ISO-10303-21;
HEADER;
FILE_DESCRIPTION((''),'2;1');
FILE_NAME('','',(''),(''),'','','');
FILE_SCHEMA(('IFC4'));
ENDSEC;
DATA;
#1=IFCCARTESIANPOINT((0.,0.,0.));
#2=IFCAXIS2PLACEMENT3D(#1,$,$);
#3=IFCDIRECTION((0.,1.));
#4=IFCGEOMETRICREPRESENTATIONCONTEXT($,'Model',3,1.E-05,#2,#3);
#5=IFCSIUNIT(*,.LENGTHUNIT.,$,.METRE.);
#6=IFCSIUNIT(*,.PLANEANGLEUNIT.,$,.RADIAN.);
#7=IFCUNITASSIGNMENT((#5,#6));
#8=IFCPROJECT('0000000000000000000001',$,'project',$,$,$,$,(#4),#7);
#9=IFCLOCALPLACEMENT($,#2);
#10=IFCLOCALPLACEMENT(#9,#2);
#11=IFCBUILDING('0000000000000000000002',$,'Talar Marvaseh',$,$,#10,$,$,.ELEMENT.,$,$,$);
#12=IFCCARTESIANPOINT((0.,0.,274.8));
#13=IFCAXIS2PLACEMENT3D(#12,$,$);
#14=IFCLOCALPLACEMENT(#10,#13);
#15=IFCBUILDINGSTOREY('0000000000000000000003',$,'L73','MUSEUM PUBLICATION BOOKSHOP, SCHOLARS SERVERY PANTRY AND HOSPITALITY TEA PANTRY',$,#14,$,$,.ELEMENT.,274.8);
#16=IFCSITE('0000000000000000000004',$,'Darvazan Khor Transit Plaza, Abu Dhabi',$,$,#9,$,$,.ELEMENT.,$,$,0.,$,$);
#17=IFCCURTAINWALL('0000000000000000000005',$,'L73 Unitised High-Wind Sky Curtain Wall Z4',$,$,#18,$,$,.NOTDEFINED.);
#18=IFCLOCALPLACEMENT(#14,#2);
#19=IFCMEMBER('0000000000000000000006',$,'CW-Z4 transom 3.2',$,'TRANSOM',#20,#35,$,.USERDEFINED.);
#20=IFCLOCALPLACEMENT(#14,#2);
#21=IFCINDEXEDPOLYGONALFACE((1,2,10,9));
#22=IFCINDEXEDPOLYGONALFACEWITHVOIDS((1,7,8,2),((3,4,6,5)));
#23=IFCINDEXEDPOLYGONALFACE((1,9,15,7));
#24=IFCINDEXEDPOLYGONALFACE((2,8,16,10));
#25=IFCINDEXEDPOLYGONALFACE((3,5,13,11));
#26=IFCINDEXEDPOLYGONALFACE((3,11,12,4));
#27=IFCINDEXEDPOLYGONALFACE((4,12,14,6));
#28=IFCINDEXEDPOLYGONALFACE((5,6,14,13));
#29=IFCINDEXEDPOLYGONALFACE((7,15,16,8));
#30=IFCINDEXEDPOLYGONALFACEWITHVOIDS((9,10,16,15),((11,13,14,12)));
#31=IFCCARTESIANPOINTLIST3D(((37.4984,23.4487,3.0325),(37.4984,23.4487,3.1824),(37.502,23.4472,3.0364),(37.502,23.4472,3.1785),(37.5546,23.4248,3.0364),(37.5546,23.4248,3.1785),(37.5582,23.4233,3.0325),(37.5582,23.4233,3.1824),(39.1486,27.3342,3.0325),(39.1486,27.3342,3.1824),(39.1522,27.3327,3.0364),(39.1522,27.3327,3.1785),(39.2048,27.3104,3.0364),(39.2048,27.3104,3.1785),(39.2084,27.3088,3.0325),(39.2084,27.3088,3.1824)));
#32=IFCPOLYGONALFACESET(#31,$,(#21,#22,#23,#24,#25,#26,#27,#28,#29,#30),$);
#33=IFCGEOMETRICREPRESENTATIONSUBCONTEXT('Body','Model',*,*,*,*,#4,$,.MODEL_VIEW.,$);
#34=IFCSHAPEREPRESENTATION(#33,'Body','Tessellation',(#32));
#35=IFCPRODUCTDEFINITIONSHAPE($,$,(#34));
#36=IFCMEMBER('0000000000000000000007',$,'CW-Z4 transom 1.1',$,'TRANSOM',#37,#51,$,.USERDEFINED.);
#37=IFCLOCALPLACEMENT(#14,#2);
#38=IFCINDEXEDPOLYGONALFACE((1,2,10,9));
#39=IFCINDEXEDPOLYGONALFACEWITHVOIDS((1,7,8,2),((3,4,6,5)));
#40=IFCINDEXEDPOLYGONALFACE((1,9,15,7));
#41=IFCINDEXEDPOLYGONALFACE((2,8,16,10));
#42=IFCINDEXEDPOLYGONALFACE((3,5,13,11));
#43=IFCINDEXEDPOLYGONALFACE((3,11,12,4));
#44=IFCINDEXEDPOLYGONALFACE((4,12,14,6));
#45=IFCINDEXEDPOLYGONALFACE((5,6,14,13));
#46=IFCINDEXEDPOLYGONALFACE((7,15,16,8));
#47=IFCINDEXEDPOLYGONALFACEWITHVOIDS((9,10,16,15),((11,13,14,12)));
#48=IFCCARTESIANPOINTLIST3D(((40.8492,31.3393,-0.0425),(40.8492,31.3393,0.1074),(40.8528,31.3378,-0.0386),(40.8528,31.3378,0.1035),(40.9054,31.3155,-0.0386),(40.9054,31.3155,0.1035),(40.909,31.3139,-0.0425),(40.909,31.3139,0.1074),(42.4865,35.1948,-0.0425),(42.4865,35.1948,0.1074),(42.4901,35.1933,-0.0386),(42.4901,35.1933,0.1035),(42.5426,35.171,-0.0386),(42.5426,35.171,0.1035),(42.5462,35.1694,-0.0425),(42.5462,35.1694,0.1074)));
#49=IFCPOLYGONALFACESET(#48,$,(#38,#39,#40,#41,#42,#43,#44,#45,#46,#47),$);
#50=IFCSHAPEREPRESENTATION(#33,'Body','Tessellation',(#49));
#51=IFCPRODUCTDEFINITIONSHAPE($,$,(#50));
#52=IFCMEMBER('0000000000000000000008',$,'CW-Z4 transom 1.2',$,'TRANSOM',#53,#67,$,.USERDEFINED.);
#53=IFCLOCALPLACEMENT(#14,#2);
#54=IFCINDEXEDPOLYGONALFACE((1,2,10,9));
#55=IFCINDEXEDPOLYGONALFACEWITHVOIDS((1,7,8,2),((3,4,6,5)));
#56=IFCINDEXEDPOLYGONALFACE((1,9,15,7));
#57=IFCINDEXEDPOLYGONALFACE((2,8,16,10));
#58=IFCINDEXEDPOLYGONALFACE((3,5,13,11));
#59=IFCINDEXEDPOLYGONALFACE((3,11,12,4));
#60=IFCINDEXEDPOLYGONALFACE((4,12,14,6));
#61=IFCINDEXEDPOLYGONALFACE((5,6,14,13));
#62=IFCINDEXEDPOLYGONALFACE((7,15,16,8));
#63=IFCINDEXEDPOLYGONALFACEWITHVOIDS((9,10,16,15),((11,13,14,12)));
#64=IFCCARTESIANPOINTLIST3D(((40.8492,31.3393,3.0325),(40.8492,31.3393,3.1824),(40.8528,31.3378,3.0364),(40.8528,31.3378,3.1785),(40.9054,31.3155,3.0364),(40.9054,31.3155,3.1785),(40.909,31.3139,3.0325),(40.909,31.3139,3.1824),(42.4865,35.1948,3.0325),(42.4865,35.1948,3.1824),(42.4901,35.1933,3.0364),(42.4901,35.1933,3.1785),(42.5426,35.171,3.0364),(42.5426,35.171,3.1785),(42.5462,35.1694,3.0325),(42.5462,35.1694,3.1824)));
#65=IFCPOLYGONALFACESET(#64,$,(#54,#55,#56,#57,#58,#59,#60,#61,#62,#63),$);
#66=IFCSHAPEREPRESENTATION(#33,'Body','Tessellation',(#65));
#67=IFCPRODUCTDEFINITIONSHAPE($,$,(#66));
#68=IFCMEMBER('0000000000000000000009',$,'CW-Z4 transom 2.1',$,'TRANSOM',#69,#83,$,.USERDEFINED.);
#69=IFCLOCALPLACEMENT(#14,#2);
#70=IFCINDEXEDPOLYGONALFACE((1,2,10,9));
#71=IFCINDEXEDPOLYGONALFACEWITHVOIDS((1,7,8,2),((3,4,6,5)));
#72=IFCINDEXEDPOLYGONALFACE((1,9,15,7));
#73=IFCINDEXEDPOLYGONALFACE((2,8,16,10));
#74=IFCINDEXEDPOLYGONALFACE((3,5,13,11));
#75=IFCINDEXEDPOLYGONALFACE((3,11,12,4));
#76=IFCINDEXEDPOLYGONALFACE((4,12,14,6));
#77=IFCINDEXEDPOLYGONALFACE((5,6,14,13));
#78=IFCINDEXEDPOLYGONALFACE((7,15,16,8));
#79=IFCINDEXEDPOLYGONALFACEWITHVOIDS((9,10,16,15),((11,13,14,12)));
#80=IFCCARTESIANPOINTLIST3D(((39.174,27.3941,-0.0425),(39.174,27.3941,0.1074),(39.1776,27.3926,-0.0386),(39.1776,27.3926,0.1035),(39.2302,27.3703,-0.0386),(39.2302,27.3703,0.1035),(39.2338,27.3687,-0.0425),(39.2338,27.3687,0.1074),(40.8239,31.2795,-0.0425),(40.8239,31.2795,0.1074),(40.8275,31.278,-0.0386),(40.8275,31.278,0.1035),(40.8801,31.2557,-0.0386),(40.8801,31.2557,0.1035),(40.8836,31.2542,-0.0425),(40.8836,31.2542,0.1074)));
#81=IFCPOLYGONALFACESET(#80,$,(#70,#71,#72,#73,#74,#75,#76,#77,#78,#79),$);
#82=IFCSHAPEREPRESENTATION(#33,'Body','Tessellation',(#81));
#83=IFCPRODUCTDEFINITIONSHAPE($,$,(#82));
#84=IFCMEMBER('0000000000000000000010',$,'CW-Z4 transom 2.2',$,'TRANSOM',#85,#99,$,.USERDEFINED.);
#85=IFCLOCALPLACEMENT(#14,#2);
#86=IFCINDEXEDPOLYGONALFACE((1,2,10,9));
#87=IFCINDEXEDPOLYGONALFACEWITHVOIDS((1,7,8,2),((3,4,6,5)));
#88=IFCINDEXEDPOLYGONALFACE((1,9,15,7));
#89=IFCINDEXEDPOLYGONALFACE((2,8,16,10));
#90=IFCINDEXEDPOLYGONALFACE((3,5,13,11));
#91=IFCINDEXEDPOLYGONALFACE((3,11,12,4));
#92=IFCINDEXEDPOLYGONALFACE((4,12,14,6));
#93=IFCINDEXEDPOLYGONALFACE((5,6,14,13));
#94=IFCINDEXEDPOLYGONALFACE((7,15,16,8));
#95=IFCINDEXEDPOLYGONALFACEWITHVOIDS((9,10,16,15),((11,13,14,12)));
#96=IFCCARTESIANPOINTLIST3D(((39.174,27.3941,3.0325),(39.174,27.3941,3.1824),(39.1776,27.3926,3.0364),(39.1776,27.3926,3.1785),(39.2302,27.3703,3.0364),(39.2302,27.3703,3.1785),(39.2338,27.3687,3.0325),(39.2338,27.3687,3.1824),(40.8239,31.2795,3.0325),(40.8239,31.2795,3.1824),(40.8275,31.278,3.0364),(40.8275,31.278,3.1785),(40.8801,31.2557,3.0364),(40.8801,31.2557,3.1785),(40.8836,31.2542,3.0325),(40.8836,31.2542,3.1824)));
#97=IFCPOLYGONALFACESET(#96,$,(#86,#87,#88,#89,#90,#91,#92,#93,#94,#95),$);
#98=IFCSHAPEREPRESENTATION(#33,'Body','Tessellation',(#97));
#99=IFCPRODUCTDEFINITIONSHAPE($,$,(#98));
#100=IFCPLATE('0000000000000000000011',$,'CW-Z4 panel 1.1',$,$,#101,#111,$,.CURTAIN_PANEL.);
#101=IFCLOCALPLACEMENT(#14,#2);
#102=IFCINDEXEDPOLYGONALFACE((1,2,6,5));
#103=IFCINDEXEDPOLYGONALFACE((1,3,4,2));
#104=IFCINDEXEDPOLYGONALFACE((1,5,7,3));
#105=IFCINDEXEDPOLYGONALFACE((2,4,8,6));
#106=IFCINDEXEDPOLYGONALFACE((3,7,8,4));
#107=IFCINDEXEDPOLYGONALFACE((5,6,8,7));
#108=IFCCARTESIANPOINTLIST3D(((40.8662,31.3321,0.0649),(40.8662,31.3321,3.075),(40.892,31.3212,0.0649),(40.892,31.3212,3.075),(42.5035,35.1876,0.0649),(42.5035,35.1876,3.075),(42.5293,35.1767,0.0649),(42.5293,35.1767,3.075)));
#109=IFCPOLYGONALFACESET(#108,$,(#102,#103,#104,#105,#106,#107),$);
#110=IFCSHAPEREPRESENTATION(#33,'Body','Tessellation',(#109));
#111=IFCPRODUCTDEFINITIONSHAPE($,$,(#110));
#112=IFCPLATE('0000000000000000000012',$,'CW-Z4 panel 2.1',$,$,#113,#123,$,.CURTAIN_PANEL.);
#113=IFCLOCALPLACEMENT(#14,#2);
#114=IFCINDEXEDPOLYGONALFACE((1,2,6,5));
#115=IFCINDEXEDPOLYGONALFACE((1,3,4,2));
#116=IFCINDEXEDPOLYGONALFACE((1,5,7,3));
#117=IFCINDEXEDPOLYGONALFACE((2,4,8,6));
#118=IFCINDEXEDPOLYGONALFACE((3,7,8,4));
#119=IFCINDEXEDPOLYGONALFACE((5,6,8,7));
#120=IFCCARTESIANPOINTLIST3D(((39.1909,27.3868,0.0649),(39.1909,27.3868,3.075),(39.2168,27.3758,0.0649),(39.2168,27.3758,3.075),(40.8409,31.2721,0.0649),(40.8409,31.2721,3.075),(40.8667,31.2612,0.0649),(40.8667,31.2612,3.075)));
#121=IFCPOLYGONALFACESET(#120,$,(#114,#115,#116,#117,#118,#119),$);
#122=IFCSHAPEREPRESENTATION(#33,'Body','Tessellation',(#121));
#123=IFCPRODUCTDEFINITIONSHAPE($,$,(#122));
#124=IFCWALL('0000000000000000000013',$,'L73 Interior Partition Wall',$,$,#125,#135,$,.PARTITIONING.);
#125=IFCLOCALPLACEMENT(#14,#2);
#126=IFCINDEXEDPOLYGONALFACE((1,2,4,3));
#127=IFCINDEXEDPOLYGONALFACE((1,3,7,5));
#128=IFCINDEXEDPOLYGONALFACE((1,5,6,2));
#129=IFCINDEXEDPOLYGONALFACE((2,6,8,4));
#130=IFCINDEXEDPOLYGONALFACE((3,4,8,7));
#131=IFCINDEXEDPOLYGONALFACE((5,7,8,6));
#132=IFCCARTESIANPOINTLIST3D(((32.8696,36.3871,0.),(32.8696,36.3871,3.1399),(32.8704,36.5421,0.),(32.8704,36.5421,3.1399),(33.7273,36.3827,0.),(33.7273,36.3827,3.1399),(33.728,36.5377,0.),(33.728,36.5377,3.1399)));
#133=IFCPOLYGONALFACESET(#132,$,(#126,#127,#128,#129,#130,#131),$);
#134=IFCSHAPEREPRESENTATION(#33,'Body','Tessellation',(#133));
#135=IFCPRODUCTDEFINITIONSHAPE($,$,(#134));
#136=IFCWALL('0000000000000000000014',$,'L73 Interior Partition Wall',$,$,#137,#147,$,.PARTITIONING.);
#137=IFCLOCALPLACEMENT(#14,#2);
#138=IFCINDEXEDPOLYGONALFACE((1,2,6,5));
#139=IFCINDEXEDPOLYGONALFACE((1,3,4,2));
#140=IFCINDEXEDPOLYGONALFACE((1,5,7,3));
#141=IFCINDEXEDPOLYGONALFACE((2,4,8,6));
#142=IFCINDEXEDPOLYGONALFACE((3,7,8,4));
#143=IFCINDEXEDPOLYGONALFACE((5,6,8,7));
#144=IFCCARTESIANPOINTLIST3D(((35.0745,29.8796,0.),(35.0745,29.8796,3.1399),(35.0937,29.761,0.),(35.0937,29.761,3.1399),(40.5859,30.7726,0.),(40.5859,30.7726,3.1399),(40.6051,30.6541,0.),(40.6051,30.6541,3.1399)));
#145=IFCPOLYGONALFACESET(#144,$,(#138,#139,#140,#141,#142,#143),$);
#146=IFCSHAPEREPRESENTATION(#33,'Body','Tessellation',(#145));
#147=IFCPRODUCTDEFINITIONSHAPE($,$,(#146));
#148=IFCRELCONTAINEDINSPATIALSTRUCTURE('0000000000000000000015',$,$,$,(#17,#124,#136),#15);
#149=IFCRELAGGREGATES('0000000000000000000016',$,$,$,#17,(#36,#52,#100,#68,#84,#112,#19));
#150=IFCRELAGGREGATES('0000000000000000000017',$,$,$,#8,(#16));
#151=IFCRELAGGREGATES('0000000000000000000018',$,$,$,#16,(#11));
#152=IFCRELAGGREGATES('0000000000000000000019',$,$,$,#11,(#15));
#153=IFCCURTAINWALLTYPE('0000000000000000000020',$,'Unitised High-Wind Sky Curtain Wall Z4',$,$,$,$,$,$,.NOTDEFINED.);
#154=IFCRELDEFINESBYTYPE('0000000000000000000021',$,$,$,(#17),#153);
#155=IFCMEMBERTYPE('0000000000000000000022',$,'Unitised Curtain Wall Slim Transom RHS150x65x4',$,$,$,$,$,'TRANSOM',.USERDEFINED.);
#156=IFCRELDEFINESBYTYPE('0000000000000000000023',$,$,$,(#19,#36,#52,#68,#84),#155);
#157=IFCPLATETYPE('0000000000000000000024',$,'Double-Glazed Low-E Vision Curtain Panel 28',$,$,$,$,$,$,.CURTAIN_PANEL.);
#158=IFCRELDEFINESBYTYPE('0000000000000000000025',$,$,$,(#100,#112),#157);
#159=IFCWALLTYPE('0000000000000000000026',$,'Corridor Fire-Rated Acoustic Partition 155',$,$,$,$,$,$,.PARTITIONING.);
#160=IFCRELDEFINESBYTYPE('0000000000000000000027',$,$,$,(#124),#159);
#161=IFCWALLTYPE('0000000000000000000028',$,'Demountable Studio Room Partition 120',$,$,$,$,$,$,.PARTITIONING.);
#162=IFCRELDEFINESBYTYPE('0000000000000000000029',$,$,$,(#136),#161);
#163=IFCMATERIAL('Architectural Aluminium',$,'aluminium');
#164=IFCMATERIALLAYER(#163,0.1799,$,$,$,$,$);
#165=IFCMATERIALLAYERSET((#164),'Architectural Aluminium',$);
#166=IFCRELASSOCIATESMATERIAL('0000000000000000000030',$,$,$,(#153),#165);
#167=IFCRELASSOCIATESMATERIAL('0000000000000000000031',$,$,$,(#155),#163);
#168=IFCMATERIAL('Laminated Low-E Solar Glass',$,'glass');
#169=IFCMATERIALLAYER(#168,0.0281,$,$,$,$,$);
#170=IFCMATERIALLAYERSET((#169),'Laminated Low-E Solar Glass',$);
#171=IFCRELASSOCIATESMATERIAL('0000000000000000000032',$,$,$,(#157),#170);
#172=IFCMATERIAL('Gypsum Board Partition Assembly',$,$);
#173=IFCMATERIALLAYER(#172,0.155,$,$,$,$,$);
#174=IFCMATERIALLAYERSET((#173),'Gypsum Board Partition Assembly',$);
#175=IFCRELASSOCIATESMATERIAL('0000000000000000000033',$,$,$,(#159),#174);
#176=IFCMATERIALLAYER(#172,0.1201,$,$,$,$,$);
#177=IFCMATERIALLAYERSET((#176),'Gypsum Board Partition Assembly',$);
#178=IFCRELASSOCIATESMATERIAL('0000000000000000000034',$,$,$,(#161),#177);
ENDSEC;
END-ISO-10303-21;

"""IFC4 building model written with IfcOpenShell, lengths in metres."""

from ifc_helpers import new_model, si_unit, direction, frame, frame_2d, origin, origin_2d, place, context, subcontext, project, spatial, rectangle, hollow_rectangle, extrude, source, transform, mapped, material, layer, layer_set, material_profile, profile_set, type_object, type_shapes, element, aggregate, save


model = new_model("IFC4")

# Units and contexts
model_context = context("Model", 3, precision=1e-05, world=origin(), true_north=direction((0.0, 1.0)))
body_context = subcontext(model_context, "Body", "Model", "MODEL_VIEW")
ifc_project = project(units=[si_unit("LENGTHUNIT", "METRE"), si_unit("PLANEANGLEUNIT", "RADIAN")], contexts=[model_context])

# Site, building, storey
site_placement = place(None, origin())
site = spatial("IfcSite", under=ifc_project, at=site_placement, Name="Darvazan Khor Transit Plaza, Abu Dhabi", CompositionType="ELEMENT", RefElevation=0.0)
building_placement = place(site_placement, origin())
building = spatial("IfcBuilding", under=site, at=building_placement, Name="Talar Marvaseh", CompositionType="ELEMENT")
storey_placement = place(building_placement, frame((0.0, 0.0, 274.8)))
storey = spatial("IfcBuildingStorey", under=building, at=storey_placement, Name="L73", Description="MUSEUM PUBLICATION BOOKSHOP, SCHOLARS SERVERY PANTRY AND HOSPITALITY TEA PANTRY", CompositionType="ELEMENT", Elevation=274.8)

# Curtain wall, members, plates
ifc_material_1 = material(Name="Architectural Aluminium", Category="aluminium")
ifc_layer_1 = layer(ifc_material_1, 0.1799)
ifc_layer_set_1 = layer_set([ifc_layer_1], Name="Architectural Aluminium")
curtain_wall_type = type_object("IfcCurtainWallType", Name="Unitised High-Wind Sky Curtain Wall Z4", PredefinedType="NOTDEFINED", material=ifc_layer_set_1)
curtain_wall_placement = place(storey_placement, origin())
curtain_wall = element("IfcCurtainWall", 1, at=curtain_wall_placement, inside=storey, type_object=curtain_wall_type, Name="L73 Unitised High-Wind Sky Curtain Wall Z4", PredefinedType="NOTDEFINED")
ifc_material_profile_1 = material_profile(ifc_material_1, hollow_rectangle(XDim=0.0649, YDim=0.1499, WallThickness=0.0039, at=origin_2d()), Name="RHS150x65x4")
ifc_profile_set_1 = profile_set([ifc_material_profile_1], Name="Architectural Aluminium")
member_type_1 = type_object("IfcMemberType", Name="Unitised Curtain Wall Slim Transom RHS150x65x4", ElementType="TRANSOM", PredefinedType="USERDEFINED", material=ifc_profile_set_1)
shared_shape_1 = source(origin(), body_context, "Body", "SweptSolid", [
    extrude(hollow_rectangle(XDim=0.0649, YDim=0.1499, WallThickness=0.0039, at=origin_2d()), origin(), (0.0, 0.0, 1.0), 4.2214),
])
member_1_placement = place(storey_placement, frame((39.1785, 27.3215, 3.1074), z_axis=(-0.390902, -0.920432, 0.0), x_axis=(0.920432, -0.390902, 0.0)))
member_1 = element("IfcMember", 2, at=member_1_placement, type_object=member_type_1, Name="CW-Z4 transom 3.2", ObjectType="TRANSOM", PredefinedType="USERDEFINED", context=body_context, shape_type="MappedRepresentation", body=[
    mapped(shared_shape_1, transform((0.0, 0.0, 0.0), x_axis=(1.0, 0.0, 0.0), y_axis=(0.0, 1.0, 0.0), z_axis=(0.0, 0.0, 1.0), scale=1.0)),
])
shared_shape_2 = source(origin(), body_context, "Body", "SweptSolid", [
    extrude(hollow_rectangle(XDim=0.0649, YDim=0.1499, WallThickness=0.0039, at=origin_2d()), origin(), (0.0, 0.0, 1.0), 4.1887),
])
member_2_placement = place(storey_placement, frame((42.5164, 35.1821, 0.0325), z_axis=(-0.390864, -0.920448, 0.0), x_axis=(0.920448, -0.390864, 0.0)))
member_2 = element("IfcMember", 3, at=member_2_placement, type_object=member_type_1, Name="CW-Z4 transom 1.1", ObjectType="TRANSOM", PredefinedType="USERDEFINED", context=body_context, shape_type="MappedRepresentation", body=[
    mapped(shared_shape_2, transform((0.0, 0.0, 0.0), x_axis=(1.0, 0.0, 0.0), y_axis=(0.0, 1.0, 0.0), z_axis=(0.0, 0.0, 1.0), scale=1.0)),
])
member_3_placement = place(storey_placement, frame((42.5164, 35.1821, 3.1074), z_axis=(-0.390864, -0.920448, 0.0), x_axis=(0.920448, -0.390864, 0.0)))
member_3 = element("IfcMember", 4, at=member_3_placement, type_object=member_type_1, Name="CW-Z4 transom 1.2", ObjectType="TRANSOM", PredefinedType="USERDEFINED", context=body_context, shape_type="MappedRepresentation", body=[
    mapped(shared_shape_2, transform((0.0, 0.0, 0.0), x_axis=(1.0, 0.0, 0.0), y_axis=(0.0, 1.0, 0.0), z_axis=(0.0, 0.0, 1.0), scale=1.0)),
])
shared_shape_3 = source(origin(), body_context, "Body", "SweptSolid", [
    extrude(hollow_rectangle(XDim=0.0649, YDim=0.1499, WallThickness=0.0039, at=origin_2d()), origin(), (0.0, 0.0, 1.0), 4.2212),
])
type_shapes(member_type_1, [shared_shape_1, shared_shape_2, shared_shape_3])
member_4_placement = place(storey_placement, frame((40.8538, 31.2668, 0.0325), z_axis=(-0.390853, -0.920453, 0.0), x_axis=(0.920453, -0.390853, 0.0)))
member_4 = element("IfcMember", 5, at=member_4_placement, type_object=member_type_1, Name="CW-Z4 transom 2.1", ObjectType="TRANSOM", PredefinedType="USERDEFINED", context=body_context, shape_type="MappedRepresentation", body=[
    mapped(shared_shape_3, transform((0.0, 0.0, 0.0), x_axis=(1.0, 0.0, 0.0), y_axis=(0.0, 1.0, 0.0), z_axis=(0.0, 0.0, 1.0), scale=1.0)),
])
member_5_placement = place(storey_placement, frame((40.8538, 31.2668, 3.1074), z_axis=(-0.390853, -0.920453, 0.0), x_axis=(0.920453, -0.390853, 0.0)))
member_5 = element("IfcMember", 6, at=member_5_placement, type_object=member_type_1, Name="CW-Z4 transom 2.2", ObjectType="TRANSOM", PredefinedType="USERDEFINED", context=body_context, shape_type="MappedRepresentation", body=[
    mapped(shared_shape_3, transform((0.0, 0.0, 0.0), x_axis=(1.0, 0.0, 0.0), y_axis=(0.0, 1.0, 0.0), z_axis=(0.0, 0.0, 1.0), scale=1.0)),
])
ifc_material_2 = material(Name="Laminated Low-E Solar Glass", Category="glass")
ifc_layer_2 = layer(ifc_material_2, 0.0281)
ifc_layer_set_2 = layer_set([ifc_layer_2], Name="Laminated Low-E Solar Glass")
plate_type = type_object("IfcPlateType", Name="Double-Glazed Low-E Vision Curtain Panel 28", PredefinedType="CURTAIN_PANEL", material=ifc_layer_set_2)
shared_shape_4 = source(origin(), body_context, "Body", "SweptSolid", [
    extrude(rectangle(XDim=4.1887, YDim=0.0281, at=origin_2d()), origin(), (0.0, 0.0, 1.0), 3.01),
])
plate_1_placement = place(storey_placement, frame((41.6978, 33.2544, 0.0649), z_axis=(0.0, 0.0, 1.0), x_axis=(-0.390873, -0.920445, 0.0)))
plate_1 = element("IfcPlate", 7, at=plate_1_placement, type_object=plate_type, Name="CW-Z4 panel 1.1", PredefinedType="CURTAIN_PANEL", context=body_context, shape_type="MappedRepresentation", body=[
    mapped(shared_shape_4, transform((0.0, 0.0, 0.0), x_axis=(1.0, 0.0, 0.0), y_axis=(0.0, 1.0, 0.0), z_axis=(0.0, 0.0, 1.0), scale=1.0)),
])
shared_shape_5 = source(origin(), body_context, "Body", "SweptSolid", [
    extrude(rectangle(XDim=4.2212, YDim=0.0281, at=origin_2d()), origin(), (0.0, 0.0, 1.0), 3.01),
])
type_shapes(plate_type, [shared_shape_4, shared_shape_5])
plate_2_placement = place(storey_placement, frame((40.0288, 29.324, 0.0649), z_axis=(0.0, 0.0, 1.0), x_axis=(-0.390873, -0.920445, 0.0)))
plate_2 = element("IfcPlate", 8, at=plate_2_placement, type_object=plate_type, Name="CW-Z4 panel 2.1", PredefinedType="CURTAIN_PANEL", context=body_context, shape_type="MappedRepresentation", body=[
    mapped(shared_shape_5, transform((0.0, 0.0, 0.0), x_axis=(1.0, 0.0, 0.0), y_axis=(0.0, 1.0, 0.0), z_axis=(0.0, 0.0, 1.0), scale=1.0)),
])
aggregate(curtain_wall, [member_2, member_3, plate_1, member_4, member_5, plate_2, member_1])

# Walls
ifc_material_3 = material(Name="Gypsum Board Partition Assembly")
ifc_layer_3 = layer(ifc_material_3, 0.155)
ifc_layer_set_3 = layer_set([ifc_layer_3], Name="Gypsum Board Partition Assembly")
wall_type_1 = type_object("IfcWallType", Name="Corridor Fire-Rated Acoustic Partition 155", PredefinedType="PARTITIONING", material=ifc_layer_set_3)
wall_1_placement = place(storey_placement, frame((32.8701, 36.4646, 0.0), z_axis=(0.0, 0.0, 1.0), x_axis=(0.999987, -0.005124, 0.0)))
element("IfcWall", 9, at=wall_1_placement, inside=storey, type_object=wall_type_1, Name="L73 Interior Partition Wall", PredefinedType="PARTITIONING", context=body_context, shape_type="SweptSolid", body=[
    extrude(rectangle(XDim=0.8577, YDim=0.155, at=frame_2d((0.4287, 0.0))), origin(), (0.0, 0.0, 1.0), 3.1399),
])
ifc_layer_4 = layer(ifc_material_3, 0.1201)
ifc_layer_set_4 = layer_set([ifc_layer_4], Name="Gypsum Board Partition Assembly")
wall_type_2 = type_object("IfcWallType", Name="Demountable Studio Room Partition 120", PredefinedType="PARTITIONING", material=ifc_layer_set_4)
wall_2_placement = place(storey_placement, frame((35.0842, 29.8203, 0.0), z_axis=(0.0, 0.0, 1.0), x_axis=(0.987125, 0.159951, 0.0)))
element("IfcWall", 10, at=wall_2_placement, inside=storey, type_object=wall_type_2, Name="L73 Interior Partition Wall", PredefinedType="PARTITIONING", context=body_context, shape_type="SweptSolid", body=[
    extrude(rectangle(XDim=5.5833, YDim=0.1201, at=frame_2d((2.7915, 0.0))), origin(), (0.0, 0.0, 1.0), 3.1399),
])

save(model, "model.ifc")
